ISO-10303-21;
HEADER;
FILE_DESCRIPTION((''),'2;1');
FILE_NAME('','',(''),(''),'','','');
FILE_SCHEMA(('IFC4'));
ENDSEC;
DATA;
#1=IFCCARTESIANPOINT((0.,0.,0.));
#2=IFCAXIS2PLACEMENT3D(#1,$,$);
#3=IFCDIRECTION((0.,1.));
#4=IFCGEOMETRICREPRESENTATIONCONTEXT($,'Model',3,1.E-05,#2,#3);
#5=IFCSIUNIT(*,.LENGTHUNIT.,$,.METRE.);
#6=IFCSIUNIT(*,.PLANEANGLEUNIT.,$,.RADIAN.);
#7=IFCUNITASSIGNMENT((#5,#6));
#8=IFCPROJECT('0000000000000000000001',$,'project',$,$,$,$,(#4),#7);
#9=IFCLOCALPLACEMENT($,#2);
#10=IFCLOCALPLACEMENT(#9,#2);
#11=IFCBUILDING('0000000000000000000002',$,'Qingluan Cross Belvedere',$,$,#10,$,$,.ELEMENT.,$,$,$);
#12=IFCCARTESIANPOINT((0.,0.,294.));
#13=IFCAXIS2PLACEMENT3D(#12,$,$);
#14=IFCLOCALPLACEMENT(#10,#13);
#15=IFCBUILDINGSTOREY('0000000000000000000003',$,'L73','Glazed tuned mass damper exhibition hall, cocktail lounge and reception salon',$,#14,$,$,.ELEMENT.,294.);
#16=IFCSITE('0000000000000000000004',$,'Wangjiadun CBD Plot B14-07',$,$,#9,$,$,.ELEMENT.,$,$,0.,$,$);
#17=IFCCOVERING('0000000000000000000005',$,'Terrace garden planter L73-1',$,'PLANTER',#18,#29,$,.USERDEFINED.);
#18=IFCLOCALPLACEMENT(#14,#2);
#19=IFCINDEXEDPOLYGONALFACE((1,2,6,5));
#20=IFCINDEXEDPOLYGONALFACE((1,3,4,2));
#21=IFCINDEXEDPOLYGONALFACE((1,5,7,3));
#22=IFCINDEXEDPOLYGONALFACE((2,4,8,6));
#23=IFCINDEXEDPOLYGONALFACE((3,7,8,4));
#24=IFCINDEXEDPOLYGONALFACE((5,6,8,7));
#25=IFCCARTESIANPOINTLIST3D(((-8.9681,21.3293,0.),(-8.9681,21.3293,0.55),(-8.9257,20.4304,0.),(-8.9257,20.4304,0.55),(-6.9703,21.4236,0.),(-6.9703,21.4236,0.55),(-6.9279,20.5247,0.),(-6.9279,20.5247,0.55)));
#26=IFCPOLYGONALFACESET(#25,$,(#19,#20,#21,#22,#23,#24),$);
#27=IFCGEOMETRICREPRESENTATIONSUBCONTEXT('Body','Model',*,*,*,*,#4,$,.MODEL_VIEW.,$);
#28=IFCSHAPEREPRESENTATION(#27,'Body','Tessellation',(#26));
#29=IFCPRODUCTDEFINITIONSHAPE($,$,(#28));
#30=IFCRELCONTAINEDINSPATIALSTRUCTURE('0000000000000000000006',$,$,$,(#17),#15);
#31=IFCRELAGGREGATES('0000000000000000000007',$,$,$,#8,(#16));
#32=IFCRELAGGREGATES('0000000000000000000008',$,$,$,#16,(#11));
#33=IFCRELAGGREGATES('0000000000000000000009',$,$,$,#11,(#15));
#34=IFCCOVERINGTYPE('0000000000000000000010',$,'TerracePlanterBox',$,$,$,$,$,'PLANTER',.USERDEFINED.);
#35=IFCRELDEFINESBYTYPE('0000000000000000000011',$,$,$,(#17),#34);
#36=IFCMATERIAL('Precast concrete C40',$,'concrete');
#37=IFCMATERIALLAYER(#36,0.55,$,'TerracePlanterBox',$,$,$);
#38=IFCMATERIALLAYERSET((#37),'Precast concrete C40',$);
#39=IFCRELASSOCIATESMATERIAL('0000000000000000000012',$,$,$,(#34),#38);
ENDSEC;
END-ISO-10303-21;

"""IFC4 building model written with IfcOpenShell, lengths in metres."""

from ifc_helpers import new_model, si_unit, direction, frame, origin, origin_2d, place, context, subcontext, project, spatial, rectangle, extrude, material, layer, layer_set, type_object, element, save


model = new_model("IFC4")

# Units and contexts
model_context = context("Model", 3, precision=1e-05, world=origin(), true_north=direction((0.0, 1.0)))
body_context = subcontext(model_context, "Body", "Model", "MODEL_VIEW")
ifc_project = project(units=[si_unit("LENGTHUNIT", "METRE"), si_unit("PLANEANGLEUNIT", "RADIAN")], contexts=[model_context])

# Site, building, storey
site_placement = place(None, origin())
site = spatial("IfcSite", under=ifc_project, at=site_placement, Name="Wangjiadun CBD Plot B14-07", CompositionType="ELEMENT", RefElevation=0.0)
building_placement = place(site_placement, origin())
building = spatial("IfcBuilding", under=site, at=building_placement, Name="Qingluan Cross Belvedere", CompositionType="ELEMENT")
storey_placement = place(building_placement, frame((0.0, 0.0, 294.0)))
storey = spatial("IfcBuildingStorey", under=building, at=storey_placement, Name="L73", Description="Glazed tuned mass damper exhibition hall, cocktail lounge and reception salon", CompositionType="ELEMENT", Elevation=294.0)

# Covering
ifc_material_1 = material(Name="Precast concrete C40", Category="concrete")
ifc_layer_1 = layer(ifc_material_1, 0.55, Name="TerracePlanterBox")
ifc_layer_set_1 = layer_set([ifc_layer_1], Name="Precast concrete C40")
covering_type_1 = type_object("IfcCoveringType", Name="TerracePlanterBox", ElementType="PLANTER", PredefinedType="USERDEFINED", material=ifc_layer_set_1)
covering_1_placement = place(storey_placement, frame((-7.948, 20.927, 0.0), z_axis=(0.0, 0.0, 1.0), x_axis=(0.99889, 0.047106, 0.0)))
element("IfcCovering", 1, at=covering_1_placement, inside=storey, type_object=covering_type_1, Name="Terrace garden planter L73-1", ObjectType="PLANTER", PredefinedType="USERDEFINED", context=body_context, shape_type="SweptSolid", body=[
    extrude(rectangle(XDim=2.0, YDim=0.8999, at=origin_2d()), origin(), (0.0, 0.0, 1.0), 0.55),
])

save(model, "model.ifc")
